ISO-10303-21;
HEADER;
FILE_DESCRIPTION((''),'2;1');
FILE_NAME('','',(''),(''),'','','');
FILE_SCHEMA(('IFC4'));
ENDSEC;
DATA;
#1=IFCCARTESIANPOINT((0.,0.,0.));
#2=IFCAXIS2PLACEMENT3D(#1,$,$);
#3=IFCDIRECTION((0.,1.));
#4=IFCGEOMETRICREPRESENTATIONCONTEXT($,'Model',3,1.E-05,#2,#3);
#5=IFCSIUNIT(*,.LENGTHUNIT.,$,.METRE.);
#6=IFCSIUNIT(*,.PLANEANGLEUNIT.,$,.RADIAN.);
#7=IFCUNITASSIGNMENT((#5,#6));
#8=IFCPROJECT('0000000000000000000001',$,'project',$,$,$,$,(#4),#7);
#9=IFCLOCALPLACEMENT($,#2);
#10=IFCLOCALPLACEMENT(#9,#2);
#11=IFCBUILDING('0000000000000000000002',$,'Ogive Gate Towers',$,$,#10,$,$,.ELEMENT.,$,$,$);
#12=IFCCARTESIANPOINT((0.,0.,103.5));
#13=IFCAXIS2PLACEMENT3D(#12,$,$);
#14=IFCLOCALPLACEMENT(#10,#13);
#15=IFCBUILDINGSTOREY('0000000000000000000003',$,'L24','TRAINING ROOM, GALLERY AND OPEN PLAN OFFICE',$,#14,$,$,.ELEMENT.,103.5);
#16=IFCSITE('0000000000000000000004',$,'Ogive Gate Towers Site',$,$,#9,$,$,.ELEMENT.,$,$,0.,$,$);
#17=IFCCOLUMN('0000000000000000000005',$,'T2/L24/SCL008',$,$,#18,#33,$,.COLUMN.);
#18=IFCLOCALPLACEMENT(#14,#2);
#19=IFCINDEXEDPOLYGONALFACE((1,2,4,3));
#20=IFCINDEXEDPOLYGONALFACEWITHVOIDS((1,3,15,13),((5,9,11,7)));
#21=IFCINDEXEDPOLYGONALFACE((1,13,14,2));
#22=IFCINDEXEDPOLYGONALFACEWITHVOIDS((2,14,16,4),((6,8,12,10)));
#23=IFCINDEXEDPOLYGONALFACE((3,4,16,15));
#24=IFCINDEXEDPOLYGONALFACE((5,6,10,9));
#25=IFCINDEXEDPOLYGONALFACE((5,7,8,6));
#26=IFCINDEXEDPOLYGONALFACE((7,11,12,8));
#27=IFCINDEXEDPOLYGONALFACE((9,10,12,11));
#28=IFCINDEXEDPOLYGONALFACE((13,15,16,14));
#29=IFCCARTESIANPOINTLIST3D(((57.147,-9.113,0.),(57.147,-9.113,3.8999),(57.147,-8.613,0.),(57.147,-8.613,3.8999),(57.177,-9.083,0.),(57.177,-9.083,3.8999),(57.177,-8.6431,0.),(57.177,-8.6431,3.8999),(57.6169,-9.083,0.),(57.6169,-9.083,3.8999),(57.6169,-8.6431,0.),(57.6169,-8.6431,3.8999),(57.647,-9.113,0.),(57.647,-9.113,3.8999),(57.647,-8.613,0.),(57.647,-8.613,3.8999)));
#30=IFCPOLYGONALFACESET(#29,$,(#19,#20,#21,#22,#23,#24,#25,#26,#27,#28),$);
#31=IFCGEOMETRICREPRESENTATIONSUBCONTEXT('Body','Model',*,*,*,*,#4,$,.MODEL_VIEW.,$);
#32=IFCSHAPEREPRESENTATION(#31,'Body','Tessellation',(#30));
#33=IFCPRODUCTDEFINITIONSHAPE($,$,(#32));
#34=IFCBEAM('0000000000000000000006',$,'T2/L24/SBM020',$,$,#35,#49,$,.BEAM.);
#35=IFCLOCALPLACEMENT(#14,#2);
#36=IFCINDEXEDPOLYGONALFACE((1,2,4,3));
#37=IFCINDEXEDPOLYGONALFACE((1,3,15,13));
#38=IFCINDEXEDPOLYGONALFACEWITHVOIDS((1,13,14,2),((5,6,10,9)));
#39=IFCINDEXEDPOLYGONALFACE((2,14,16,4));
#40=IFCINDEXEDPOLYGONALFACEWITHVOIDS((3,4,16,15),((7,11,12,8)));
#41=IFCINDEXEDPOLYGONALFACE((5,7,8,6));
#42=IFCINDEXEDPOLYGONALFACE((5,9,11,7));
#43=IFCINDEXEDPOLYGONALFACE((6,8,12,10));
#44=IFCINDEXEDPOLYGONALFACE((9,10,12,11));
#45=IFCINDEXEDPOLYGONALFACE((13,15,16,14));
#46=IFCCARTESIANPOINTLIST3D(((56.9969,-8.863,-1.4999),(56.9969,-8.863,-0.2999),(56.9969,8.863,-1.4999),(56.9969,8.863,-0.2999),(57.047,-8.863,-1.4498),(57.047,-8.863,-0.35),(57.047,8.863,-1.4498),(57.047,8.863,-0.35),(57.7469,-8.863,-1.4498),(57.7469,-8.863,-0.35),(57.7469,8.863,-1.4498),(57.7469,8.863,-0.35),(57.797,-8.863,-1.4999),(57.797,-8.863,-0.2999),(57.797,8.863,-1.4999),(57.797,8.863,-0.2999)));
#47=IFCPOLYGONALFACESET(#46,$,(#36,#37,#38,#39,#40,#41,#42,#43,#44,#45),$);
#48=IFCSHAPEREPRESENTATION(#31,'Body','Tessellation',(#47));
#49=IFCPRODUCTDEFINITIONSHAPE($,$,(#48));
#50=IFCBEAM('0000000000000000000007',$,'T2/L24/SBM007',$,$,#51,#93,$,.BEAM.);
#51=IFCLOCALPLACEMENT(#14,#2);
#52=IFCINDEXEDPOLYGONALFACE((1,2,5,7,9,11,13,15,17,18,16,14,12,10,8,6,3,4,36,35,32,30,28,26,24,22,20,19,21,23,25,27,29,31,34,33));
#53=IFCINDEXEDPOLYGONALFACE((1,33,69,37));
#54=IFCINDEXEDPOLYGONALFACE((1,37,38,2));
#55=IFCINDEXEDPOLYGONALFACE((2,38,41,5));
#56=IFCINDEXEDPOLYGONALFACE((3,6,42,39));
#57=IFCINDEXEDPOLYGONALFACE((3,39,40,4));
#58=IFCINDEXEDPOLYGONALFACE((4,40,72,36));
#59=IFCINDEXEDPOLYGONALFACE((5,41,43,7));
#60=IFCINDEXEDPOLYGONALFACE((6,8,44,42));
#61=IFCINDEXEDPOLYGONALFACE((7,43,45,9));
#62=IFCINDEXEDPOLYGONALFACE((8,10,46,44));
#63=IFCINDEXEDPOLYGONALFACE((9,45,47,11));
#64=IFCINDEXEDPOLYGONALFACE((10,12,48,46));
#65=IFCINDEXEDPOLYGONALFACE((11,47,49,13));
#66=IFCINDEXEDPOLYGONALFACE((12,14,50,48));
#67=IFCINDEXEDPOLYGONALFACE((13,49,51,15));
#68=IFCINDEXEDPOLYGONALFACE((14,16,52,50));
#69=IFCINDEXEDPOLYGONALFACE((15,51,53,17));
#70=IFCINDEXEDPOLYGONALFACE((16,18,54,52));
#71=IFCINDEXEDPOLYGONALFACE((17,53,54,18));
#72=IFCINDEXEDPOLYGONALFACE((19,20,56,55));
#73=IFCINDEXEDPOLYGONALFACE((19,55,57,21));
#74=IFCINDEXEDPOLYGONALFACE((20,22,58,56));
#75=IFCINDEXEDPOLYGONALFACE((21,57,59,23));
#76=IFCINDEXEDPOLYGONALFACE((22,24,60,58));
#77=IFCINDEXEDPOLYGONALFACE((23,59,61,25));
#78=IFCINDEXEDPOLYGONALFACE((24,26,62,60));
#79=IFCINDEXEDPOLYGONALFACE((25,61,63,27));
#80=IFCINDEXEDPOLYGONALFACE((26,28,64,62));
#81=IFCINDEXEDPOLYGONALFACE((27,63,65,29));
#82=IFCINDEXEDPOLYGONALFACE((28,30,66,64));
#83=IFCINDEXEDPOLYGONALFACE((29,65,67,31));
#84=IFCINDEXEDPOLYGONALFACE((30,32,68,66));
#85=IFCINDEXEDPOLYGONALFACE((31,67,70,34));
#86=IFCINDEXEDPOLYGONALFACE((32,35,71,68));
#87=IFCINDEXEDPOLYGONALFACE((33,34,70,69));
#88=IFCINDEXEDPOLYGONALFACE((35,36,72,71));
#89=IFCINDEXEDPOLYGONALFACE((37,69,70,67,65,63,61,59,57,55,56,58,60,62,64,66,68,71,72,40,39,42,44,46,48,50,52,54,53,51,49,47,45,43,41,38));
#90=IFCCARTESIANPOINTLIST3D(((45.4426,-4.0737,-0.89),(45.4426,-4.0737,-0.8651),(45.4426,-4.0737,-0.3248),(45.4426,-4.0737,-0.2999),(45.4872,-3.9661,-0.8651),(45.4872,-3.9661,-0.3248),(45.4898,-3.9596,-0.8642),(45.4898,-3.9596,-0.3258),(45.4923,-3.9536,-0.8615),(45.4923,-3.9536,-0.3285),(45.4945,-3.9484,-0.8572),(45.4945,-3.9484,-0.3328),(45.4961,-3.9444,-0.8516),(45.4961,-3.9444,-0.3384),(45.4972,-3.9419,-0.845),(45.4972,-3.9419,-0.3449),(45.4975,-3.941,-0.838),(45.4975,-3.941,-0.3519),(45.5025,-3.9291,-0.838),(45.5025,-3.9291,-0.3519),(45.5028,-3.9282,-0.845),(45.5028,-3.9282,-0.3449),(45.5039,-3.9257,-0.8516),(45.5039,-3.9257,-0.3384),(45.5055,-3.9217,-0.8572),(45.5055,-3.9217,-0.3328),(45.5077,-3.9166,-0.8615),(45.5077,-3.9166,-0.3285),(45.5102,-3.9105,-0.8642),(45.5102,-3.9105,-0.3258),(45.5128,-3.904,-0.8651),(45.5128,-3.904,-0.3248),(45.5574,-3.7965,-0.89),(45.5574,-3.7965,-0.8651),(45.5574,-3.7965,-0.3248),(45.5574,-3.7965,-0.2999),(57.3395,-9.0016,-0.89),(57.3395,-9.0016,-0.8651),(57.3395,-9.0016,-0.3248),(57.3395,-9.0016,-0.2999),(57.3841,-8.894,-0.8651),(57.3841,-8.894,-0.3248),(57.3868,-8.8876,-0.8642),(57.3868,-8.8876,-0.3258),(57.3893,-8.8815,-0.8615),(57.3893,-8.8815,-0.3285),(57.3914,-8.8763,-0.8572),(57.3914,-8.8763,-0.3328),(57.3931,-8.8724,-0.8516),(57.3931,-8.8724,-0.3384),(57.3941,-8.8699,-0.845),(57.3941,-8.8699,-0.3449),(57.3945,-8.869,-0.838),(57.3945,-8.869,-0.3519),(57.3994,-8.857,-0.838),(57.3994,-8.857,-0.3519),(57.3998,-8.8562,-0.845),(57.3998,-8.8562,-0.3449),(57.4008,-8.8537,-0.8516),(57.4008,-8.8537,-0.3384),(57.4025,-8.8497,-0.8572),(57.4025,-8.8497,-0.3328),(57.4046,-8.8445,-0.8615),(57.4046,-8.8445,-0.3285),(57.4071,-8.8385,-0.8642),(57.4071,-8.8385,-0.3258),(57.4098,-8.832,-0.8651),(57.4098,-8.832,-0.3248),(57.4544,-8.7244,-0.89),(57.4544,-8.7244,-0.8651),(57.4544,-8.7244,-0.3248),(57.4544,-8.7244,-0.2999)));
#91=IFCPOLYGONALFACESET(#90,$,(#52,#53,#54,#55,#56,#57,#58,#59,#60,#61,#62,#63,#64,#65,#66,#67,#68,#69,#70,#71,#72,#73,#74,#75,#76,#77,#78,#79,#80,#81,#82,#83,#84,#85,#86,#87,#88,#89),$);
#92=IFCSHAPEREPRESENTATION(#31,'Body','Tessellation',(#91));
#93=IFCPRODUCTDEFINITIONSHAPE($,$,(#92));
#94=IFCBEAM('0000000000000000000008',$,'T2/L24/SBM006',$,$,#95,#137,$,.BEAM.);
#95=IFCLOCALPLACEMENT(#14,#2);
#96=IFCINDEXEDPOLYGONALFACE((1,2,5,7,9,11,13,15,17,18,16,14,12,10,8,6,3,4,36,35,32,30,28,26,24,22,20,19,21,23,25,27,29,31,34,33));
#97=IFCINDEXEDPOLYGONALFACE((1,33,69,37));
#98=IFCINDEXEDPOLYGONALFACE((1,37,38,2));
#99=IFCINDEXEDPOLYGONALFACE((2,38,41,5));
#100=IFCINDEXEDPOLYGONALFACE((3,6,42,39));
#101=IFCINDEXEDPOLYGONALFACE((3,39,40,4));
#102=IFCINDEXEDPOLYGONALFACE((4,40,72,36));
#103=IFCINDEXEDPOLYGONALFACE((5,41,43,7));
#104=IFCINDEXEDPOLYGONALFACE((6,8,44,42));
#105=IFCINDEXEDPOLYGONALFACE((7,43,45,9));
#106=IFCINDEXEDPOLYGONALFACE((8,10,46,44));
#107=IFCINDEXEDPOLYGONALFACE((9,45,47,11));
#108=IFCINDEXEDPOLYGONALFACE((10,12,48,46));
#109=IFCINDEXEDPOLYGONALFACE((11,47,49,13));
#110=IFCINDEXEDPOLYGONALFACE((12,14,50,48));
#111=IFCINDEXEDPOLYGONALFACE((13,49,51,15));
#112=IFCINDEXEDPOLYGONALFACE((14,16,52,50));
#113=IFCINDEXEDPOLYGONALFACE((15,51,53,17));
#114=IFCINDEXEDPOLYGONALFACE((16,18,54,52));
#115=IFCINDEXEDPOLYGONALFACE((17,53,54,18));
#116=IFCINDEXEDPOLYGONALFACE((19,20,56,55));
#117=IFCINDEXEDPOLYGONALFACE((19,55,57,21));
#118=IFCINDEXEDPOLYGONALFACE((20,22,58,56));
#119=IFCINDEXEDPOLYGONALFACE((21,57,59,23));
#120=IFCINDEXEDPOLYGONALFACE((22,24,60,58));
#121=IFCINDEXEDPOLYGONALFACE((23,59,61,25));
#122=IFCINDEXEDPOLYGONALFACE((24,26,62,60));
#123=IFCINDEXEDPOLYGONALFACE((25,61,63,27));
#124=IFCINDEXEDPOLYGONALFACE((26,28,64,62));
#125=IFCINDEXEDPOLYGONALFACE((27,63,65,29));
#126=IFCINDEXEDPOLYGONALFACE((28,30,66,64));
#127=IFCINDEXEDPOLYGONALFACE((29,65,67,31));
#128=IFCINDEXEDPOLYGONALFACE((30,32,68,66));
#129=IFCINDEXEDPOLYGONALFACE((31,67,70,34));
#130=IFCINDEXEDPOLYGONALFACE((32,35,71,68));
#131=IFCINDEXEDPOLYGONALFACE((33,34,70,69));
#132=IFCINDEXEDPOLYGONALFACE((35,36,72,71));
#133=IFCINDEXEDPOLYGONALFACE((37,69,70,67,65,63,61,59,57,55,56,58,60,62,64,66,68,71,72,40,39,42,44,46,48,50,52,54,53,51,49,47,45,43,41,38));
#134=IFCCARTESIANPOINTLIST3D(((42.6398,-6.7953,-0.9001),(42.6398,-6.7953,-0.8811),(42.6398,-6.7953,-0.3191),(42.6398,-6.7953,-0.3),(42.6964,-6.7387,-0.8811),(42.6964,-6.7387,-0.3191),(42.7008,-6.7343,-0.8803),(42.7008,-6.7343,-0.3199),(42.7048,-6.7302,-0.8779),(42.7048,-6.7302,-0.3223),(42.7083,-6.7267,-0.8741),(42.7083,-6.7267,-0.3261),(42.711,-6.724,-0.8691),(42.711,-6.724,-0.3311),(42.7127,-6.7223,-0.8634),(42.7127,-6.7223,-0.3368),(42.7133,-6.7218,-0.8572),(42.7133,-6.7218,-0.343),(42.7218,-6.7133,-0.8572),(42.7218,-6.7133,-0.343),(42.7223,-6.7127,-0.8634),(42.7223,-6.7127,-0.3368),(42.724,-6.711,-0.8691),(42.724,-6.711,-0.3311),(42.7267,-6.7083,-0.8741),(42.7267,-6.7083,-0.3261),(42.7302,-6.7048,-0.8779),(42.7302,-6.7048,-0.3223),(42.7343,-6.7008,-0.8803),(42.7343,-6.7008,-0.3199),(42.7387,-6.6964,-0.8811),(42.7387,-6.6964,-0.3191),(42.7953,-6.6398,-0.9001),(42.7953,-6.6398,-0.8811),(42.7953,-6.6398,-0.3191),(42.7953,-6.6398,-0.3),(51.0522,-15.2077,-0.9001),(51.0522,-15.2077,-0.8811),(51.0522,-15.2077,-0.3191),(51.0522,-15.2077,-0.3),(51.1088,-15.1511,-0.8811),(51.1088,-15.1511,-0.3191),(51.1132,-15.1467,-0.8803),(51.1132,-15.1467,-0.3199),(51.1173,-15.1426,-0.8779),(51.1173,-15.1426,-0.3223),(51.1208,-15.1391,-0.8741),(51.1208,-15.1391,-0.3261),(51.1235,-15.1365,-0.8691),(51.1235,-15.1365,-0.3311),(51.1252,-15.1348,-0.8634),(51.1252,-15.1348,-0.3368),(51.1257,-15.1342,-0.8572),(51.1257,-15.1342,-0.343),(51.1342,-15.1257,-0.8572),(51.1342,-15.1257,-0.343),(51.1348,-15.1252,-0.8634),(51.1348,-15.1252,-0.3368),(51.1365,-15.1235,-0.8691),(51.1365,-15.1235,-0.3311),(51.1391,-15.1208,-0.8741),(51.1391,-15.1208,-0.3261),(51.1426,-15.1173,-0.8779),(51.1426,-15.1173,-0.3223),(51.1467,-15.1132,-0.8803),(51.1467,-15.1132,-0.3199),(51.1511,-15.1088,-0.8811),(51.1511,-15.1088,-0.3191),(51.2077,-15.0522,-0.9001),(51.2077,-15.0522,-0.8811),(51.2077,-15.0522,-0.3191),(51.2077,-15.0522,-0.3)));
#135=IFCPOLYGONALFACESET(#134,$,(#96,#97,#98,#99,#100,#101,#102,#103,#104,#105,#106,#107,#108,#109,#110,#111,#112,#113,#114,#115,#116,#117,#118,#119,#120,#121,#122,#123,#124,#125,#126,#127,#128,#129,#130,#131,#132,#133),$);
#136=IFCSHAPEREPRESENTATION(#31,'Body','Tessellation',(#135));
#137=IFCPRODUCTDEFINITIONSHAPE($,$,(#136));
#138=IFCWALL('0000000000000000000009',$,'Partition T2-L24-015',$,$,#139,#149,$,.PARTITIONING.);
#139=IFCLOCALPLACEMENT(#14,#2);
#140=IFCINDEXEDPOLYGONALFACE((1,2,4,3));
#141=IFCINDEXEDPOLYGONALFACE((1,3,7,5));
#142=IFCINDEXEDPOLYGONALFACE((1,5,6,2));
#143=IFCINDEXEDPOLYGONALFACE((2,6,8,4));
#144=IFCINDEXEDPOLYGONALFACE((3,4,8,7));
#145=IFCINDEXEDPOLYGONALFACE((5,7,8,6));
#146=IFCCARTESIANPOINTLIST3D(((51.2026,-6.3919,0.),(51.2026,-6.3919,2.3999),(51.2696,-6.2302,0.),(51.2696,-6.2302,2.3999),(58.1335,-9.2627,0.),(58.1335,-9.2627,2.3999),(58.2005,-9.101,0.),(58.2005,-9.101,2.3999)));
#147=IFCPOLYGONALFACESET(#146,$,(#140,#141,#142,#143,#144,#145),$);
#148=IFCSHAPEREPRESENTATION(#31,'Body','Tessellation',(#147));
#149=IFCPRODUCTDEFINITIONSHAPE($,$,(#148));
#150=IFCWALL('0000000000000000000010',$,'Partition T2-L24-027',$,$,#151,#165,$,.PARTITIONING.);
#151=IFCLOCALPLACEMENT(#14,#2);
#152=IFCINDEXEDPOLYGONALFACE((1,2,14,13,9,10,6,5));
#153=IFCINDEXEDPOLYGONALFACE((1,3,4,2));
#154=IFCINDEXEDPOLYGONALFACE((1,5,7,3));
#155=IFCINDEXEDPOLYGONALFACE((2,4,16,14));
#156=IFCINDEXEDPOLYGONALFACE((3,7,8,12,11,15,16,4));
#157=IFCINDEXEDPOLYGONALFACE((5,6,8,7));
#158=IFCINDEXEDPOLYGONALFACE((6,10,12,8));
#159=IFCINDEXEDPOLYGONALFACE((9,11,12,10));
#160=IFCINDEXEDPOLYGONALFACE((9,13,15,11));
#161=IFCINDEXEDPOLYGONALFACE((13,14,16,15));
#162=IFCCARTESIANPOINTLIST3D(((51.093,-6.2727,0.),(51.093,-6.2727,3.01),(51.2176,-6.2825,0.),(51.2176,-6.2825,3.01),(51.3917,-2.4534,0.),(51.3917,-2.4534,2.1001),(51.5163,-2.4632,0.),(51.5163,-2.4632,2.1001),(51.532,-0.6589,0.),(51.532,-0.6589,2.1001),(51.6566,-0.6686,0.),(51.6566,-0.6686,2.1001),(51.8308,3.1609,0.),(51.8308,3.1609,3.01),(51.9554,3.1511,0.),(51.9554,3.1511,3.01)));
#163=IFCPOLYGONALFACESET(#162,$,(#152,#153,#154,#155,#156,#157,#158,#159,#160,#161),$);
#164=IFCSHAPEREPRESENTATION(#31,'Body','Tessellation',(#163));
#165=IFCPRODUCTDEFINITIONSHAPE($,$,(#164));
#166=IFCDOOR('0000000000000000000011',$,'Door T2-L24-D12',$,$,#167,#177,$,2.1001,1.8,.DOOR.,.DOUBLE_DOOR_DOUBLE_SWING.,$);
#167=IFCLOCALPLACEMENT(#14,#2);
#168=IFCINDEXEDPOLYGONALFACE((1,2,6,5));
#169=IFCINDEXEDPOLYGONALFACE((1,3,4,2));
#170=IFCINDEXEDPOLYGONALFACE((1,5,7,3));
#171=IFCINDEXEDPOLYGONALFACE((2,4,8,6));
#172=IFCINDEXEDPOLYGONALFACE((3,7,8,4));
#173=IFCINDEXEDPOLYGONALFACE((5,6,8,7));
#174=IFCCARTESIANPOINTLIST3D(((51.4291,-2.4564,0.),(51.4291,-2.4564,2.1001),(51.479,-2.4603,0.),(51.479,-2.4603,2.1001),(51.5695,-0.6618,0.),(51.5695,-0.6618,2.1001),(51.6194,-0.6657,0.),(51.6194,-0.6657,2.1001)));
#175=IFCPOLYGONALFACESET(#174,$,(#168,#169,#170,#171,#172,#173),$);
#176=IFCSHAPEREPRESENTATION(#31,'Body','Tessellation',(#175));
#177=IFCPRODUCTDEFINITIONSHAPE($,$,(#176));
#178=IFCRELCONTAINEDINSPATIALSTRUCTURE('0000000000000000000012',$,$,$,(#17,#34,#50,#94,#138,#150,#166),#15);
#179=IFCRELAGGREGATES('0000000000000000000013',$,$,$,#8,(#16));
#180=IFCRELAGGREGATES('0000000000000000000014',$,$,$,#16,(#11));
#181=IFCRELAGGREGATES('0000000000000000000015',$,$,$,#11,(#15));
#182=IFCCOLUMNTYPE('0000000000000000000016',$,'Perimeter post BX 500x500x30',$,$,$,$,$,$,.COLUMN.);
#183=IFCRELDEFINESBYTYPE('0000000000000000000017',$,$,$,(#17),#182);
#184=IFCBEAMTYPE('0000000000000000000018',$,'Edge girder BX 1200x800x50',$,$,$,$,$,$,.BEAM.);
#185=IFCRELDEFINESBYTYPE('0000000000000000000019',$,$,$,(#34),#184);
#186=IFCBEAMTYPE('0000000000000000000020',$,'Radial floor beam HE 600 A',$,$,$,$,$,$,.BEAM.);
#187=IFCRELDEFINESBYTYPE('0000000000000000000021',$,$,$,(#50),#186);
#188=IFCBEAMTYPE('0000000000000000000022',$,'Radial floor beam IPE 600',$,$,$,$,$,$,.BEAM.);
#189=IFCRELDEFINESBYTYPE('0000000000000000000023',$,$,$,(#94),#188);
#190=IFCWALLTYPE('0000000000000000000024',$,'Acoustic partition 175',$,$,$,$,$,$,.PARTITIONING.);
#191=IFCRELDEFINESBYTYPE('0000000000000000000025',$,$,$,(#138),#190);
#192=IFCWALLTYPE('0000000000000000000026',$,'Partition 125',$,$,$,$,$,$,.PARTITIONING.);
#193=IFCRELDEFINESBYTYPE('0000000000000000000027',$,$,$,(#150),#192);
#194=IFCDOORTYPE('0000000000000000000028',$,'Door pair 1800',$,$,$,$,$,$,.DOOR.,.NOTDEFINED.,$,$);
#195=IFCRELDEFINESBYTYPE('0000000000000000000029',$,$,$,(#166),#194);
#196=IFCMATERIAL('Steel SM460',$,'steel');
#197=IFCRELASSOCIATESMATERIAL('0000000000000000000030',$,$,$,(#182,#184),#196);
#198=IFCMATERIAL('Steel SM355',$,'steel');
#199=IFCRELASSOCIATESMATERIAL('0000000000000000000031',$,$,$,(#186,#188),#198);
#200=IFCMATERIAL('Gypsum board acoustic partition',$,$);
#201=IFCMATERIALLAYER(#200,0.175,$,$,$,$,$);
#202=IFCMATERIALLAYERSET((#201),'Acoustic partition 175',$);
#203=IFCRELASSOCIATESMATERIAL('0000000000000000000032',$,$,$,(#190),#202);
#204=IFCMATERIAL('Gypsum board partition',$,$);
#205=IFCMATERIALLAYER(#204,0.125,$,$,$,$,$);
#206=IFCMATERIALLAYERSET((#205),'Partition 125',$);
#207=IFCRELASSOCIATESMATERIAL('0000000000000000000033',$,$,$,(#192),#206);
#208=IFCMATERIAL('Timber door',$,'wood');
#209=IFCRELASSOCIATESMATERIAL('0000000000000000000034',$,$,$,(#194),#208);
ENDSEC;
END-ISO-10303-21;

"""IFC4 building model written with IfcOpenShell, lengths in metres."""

from ifc_helpers import new_model, si_unit, direction, frame, frame_2d, origin, origin_2d, place, context, subcontext, project, spatial, rectangle, hollow_rectangle, i_section, extrude, material, layer, layer_set, material_profile, profile_set, type_object, element, fill, save


model = new_model("IFC4")

# Units and contexts
model_context = context("Model", 3, precision=1e-05, world=origin(), true_north=direction((0.0, 1.0)))
body_context = subcontext(model_context, "Body", "Model", "MODEL_VIEW")
ifc_project = project(units=[si_unit("LENGTHUNIT", "METRE"), si_unit("PLANEANGLEUNIT", "RADIAN")], contexts=[model_context])

# Site, building, storey
site_placement = place(None, origin())
site = spatial("IfcSite", under=ifc_project, at=site_placement, Name="Ogive Gate Towers Site", CompositionType="ELEMENT", RefElevation=0.0)
building_placement = place(site_placement, origin())
building = spatial("IfcBuilding", under=site, at=building_placement, Name="Ogive Gate Towers", CompositionType="ELEMENT")
storey_placement = place(building_placement, frame((0.0, 0.0, 103.5)))
storey = spatial("IfcBuildingStorey", under=building, at=storey_placement, Name="L24", Description="TRAINING ROOM, GALLERY AND OPEN PLAN OFFICE", CompositionType="ELEMENT", Elevation=103.5)

# Column
ifc_material_1 = material(Name="Steel SM460", Category="steel")
ifc_material_profile_1 = material_profile(ifc_material_1, hollow_rectangle(XDim=0.5, YDim=0.5, WallThickness=0.03, at=origin_2d()), Name="BX 500x500x30")
ifc_profile_set_1 = profile_set([ifc_material_profile_1], Name="Steel SM460")
column_type = type_object("IfcColumnType", Name="Perimeter post BX 500x500x30", PredefinedType="COLUMN", material=ifc_profile_set_1)
column_placement = place(storey_placement, frame((57.397, -8.863, 0.0), z_axis=(0.0, 0.0, 1.0), x_axis=(1.0, 0.0, 0.0)))
element("IfcColumn", 1, at=column_placement, inside=storey, type_object=column_type, Name="T2/L24/SCL008", PredefinedType="COLUMN", context=body_context, shape_type="SweptSolid", body=[
    extrude(hollow_rectangle(XDim=0.5, YDim=0.5, WallThickness=0.03, at=origin_2d()), origin(), (0.0, 0.0, 1.0), 3.8999),
])

# Beams
ifc_material_profile_2 = material_profile(ifc_material_1, hollow_rectangle(XDim=0.8, YDim=1.2, WallThickness=0.05, at=origin_2d()), Name="BX 1200x800x50")
ifc_profile_set_2 = profile_set([ifc_material_profile_2], Name="Steel SM460")
beam_type_1 = type_object("IfcBeamType", Name="Edge girder BX 1200x800x50", PredefinedType="BEAM", material=ifc_profile_set_2)
beam_1_placement = place(storey_placement, frame((57.397, -8.863, -0.8999), z_axis=(0.0, 1.0, 0.0), x_axis=(-1.0, 0.0, 0.0)))
element("IfcBeam", 2, at=beam_1_placement, inside=storey, type_object=beam_type_1, Name="T2/L24/SBM020", PredefinedType="BEAM", context=body_context, shape_type="SweptSolid", body=[
    extrude(hollow_rectangle(XDim=0.8, YDim=1.2, WallThickness=0.05, at=origin_2d()), origin(), (0.0, 0.0, 1.0), 17.7261),
])
ifc_material_2 = material(Name="Steel SM355", Category="steel")
ifc_material_profile_3 = material_profile(ifc_material_2, i_section(OverallWidth=0.3, OverallDepth=0.5901, WebThickness=0.0129, FlangeThickness=0.0249, FilletRadius=0.0271, at=origin_2d()), Name="HE 600 A")
ifc_profile_set_3 = profile_set([ifc_material_profile_3], Name="Steel SM355")
beam_type_2 = type_object("IfcBeamType", Name="Radial floor beam HE 600 A", PredefinedType="BEAM", material=ifc_profile_set_3)
beam_2_placement = place(storey_placement, frame((45.5, -3.9351, -0.595), z_axis=(0.923877, -0.382689, 0.0), x_axis=(0.382689, 0.923877, 0.0)))
element("IfcBeam", 3, at=beam_2_placement, inside=storey, type_object=beam_type_2, Name="T2/L24/SBM007", PredefinedType="BEAM", context=body_context, shape_type="SweptSolid", body=[
    extrude(i_section(OverallWidth=0.3, OverallDepth=0.5901, WebThickness=0.0129, FlangeThickness=0.0249, FilletRadius=0.0271, at=origin_2d()), origin(), (0.0, 0.0, 1.0), 12.8772),
])
ifc_material_profile_4 = material_profile(ifc_material_2, i_section(OverallWidth=0.22, OverallDepth=0.6001, WebThickness=0.012, FlangeThickness=0.019, FilletRadius=0.0239, at=origin_2d()), Name="IPE 600")
ifc_profile_set_4 = profile_set([ifc_material_profile_4], Name="Steel SM355")
beam_type_3 = type_object("IfcBeamType", Name="Radial floor beam IPE 600", PredefinedType="BEAM", material=ifc_profile_set_4)
beam_3_placement = place(storey_placement, frame((42.7175, -6.7175, -0.6001), z_axis=(0.707107, -0.707107, 0.0), x_axis=(0.707107, 0.707107, 0.0)))
element("IfcBeam", 4, at=beam_3_placement, inside=storey, type_object=beam_type_3, Name="T2/L24/SBM006", PredefinedType="BEAM", context=body_context, shape_type="SweptSolid", body=[
    extrude(i_section(OverallWidth=0.22, OverallDepth=0.6001, WebThickness=0.012, FlangeThickness=0.019, FilletRadius=0.0239, at=origin_2d()), origin(), (0.0, 0.0, 1.0), 11.897),
])

# Wall
ifc_material_3 = material(Name="Gypsum board acoustic partition")
ifc_layer_1 = layer(ifc_material_3, 0.175)
ifc_layer_set_1 = layer_set([ifc_layer_1], Name="Acoustic partition 175")
wall_type_1 = type_object("IfcWallType", Name="Acoustic partition 175", PredefinedType="PARTITIONING", material=ifc_layer_set_1)
wall_1_placement = place(storey_placement, frame((58.167, -9.1819, 0.0), z_axis=(0.0, 0.0, 1.0), x_axis=(-0.923881, 0.38268, 0.0)))
element("IfcWall", 5, at=wall_1_placement, inside=storey, type_object=wall_type_1, Name="Partition T2-L24-015", PredefinedType="PARTITIONING", context=body_context, shape_type="SweptSolid", body=[
    extrude(rectangle(XDim=7.502, YDim=0.175, at=frame_2d((3.751, 0.0))), origin(), (0.0, 0.0, 1.0), 2.3999),
])

# Wall, opening, door
ifc_material_4 = material(Name="Gypsum board partition")
ifc_layer_2 = layer(ifc_material_4, 0.125)
ifc_layer_set_2 = layer_set([ifc_layer_2], Name="Partition 125")
wall_type_2 = type_object("IfcWallType", Name="Partition 125", PredefinedType="PARTITIONING", material=ifc_layer_set_2)
wall_2_placement = place(storey_placement, frame((51.1553, -6.2776, 0.0), z_axis=(0.0, 0.0, 1.0), x_axis=(0.077971, 0.996956, 0.0)))
wall_2 = element("IfcWall", 6, at=wall_2_placement, inside=storey, type_object=wall_type_2, Name="Partition T2-L24-027", PredefinedType="PARTITIONING", context=body_context, shape_type="SweptSolid", body=[
    extrude(rectangle(XDim=9.4624, YDim=0.125, at=frame_2d((4.7312, 0.0))), origin(), (0.0, 0.0, 1.0), 3.01),
])
opening_1_placement = place(wall_2_placement, frame((3.8311, 0.0, 0.0)))
opening_1 = element("IfcOpeningElement", 7, at=opening_1_placement, cuts=wall_2, PredefinedType="OPENING", context=body_context, shape_type="SweptSolid", body=[
    extrude(rectangle(XDim=1.8, YDim=2.1001, at=frame_2d((0.8999, 1.05))), frame((0.0, 0.0725, 0.0), z_axis=(0.0, -1.0, 0.0), x_axis=(1.0, 0.0, 0.0)), (0.0, 0.0, 1.0), 0.145),
])
ifc_material_5 = material(Name="Timber door", Category="wood")
door_type_1 = type_object("IfcDoorType", Name="Door pair 1800", OperationType="NOTDEFINED", PredefinedType="DOOR", material=ifc_material_5)
door_1_placement = place(opening_1_placement, origin())
door_1 = element("IfcDoor", 8, at=door_1_placement, inside=storey, type_object=door_type_1, Name="Door T2-L24-D12", OperationType="DOUBLE_DOOR_DOUBLE_SWING", OverallHeight=2.1001, OverallWidth=1.8, PredefinedType="DOOR", context=body_context, shape_type="SweptSolid", body=[
    extrude(rectangle(XDim=1.8, YDim=2.1001, at=frame_2d((0.8999, 1.05))), frame((0.0, 0.0249, 0.0), z_axis=(0.0, -1.0, 0.0), x_axis=(1.0, 0.0, 0.0)), (0.0, 0.0, 1.0), 0.05),
])
fill(opening_1, door_1)

save(model, "model.ifc")
